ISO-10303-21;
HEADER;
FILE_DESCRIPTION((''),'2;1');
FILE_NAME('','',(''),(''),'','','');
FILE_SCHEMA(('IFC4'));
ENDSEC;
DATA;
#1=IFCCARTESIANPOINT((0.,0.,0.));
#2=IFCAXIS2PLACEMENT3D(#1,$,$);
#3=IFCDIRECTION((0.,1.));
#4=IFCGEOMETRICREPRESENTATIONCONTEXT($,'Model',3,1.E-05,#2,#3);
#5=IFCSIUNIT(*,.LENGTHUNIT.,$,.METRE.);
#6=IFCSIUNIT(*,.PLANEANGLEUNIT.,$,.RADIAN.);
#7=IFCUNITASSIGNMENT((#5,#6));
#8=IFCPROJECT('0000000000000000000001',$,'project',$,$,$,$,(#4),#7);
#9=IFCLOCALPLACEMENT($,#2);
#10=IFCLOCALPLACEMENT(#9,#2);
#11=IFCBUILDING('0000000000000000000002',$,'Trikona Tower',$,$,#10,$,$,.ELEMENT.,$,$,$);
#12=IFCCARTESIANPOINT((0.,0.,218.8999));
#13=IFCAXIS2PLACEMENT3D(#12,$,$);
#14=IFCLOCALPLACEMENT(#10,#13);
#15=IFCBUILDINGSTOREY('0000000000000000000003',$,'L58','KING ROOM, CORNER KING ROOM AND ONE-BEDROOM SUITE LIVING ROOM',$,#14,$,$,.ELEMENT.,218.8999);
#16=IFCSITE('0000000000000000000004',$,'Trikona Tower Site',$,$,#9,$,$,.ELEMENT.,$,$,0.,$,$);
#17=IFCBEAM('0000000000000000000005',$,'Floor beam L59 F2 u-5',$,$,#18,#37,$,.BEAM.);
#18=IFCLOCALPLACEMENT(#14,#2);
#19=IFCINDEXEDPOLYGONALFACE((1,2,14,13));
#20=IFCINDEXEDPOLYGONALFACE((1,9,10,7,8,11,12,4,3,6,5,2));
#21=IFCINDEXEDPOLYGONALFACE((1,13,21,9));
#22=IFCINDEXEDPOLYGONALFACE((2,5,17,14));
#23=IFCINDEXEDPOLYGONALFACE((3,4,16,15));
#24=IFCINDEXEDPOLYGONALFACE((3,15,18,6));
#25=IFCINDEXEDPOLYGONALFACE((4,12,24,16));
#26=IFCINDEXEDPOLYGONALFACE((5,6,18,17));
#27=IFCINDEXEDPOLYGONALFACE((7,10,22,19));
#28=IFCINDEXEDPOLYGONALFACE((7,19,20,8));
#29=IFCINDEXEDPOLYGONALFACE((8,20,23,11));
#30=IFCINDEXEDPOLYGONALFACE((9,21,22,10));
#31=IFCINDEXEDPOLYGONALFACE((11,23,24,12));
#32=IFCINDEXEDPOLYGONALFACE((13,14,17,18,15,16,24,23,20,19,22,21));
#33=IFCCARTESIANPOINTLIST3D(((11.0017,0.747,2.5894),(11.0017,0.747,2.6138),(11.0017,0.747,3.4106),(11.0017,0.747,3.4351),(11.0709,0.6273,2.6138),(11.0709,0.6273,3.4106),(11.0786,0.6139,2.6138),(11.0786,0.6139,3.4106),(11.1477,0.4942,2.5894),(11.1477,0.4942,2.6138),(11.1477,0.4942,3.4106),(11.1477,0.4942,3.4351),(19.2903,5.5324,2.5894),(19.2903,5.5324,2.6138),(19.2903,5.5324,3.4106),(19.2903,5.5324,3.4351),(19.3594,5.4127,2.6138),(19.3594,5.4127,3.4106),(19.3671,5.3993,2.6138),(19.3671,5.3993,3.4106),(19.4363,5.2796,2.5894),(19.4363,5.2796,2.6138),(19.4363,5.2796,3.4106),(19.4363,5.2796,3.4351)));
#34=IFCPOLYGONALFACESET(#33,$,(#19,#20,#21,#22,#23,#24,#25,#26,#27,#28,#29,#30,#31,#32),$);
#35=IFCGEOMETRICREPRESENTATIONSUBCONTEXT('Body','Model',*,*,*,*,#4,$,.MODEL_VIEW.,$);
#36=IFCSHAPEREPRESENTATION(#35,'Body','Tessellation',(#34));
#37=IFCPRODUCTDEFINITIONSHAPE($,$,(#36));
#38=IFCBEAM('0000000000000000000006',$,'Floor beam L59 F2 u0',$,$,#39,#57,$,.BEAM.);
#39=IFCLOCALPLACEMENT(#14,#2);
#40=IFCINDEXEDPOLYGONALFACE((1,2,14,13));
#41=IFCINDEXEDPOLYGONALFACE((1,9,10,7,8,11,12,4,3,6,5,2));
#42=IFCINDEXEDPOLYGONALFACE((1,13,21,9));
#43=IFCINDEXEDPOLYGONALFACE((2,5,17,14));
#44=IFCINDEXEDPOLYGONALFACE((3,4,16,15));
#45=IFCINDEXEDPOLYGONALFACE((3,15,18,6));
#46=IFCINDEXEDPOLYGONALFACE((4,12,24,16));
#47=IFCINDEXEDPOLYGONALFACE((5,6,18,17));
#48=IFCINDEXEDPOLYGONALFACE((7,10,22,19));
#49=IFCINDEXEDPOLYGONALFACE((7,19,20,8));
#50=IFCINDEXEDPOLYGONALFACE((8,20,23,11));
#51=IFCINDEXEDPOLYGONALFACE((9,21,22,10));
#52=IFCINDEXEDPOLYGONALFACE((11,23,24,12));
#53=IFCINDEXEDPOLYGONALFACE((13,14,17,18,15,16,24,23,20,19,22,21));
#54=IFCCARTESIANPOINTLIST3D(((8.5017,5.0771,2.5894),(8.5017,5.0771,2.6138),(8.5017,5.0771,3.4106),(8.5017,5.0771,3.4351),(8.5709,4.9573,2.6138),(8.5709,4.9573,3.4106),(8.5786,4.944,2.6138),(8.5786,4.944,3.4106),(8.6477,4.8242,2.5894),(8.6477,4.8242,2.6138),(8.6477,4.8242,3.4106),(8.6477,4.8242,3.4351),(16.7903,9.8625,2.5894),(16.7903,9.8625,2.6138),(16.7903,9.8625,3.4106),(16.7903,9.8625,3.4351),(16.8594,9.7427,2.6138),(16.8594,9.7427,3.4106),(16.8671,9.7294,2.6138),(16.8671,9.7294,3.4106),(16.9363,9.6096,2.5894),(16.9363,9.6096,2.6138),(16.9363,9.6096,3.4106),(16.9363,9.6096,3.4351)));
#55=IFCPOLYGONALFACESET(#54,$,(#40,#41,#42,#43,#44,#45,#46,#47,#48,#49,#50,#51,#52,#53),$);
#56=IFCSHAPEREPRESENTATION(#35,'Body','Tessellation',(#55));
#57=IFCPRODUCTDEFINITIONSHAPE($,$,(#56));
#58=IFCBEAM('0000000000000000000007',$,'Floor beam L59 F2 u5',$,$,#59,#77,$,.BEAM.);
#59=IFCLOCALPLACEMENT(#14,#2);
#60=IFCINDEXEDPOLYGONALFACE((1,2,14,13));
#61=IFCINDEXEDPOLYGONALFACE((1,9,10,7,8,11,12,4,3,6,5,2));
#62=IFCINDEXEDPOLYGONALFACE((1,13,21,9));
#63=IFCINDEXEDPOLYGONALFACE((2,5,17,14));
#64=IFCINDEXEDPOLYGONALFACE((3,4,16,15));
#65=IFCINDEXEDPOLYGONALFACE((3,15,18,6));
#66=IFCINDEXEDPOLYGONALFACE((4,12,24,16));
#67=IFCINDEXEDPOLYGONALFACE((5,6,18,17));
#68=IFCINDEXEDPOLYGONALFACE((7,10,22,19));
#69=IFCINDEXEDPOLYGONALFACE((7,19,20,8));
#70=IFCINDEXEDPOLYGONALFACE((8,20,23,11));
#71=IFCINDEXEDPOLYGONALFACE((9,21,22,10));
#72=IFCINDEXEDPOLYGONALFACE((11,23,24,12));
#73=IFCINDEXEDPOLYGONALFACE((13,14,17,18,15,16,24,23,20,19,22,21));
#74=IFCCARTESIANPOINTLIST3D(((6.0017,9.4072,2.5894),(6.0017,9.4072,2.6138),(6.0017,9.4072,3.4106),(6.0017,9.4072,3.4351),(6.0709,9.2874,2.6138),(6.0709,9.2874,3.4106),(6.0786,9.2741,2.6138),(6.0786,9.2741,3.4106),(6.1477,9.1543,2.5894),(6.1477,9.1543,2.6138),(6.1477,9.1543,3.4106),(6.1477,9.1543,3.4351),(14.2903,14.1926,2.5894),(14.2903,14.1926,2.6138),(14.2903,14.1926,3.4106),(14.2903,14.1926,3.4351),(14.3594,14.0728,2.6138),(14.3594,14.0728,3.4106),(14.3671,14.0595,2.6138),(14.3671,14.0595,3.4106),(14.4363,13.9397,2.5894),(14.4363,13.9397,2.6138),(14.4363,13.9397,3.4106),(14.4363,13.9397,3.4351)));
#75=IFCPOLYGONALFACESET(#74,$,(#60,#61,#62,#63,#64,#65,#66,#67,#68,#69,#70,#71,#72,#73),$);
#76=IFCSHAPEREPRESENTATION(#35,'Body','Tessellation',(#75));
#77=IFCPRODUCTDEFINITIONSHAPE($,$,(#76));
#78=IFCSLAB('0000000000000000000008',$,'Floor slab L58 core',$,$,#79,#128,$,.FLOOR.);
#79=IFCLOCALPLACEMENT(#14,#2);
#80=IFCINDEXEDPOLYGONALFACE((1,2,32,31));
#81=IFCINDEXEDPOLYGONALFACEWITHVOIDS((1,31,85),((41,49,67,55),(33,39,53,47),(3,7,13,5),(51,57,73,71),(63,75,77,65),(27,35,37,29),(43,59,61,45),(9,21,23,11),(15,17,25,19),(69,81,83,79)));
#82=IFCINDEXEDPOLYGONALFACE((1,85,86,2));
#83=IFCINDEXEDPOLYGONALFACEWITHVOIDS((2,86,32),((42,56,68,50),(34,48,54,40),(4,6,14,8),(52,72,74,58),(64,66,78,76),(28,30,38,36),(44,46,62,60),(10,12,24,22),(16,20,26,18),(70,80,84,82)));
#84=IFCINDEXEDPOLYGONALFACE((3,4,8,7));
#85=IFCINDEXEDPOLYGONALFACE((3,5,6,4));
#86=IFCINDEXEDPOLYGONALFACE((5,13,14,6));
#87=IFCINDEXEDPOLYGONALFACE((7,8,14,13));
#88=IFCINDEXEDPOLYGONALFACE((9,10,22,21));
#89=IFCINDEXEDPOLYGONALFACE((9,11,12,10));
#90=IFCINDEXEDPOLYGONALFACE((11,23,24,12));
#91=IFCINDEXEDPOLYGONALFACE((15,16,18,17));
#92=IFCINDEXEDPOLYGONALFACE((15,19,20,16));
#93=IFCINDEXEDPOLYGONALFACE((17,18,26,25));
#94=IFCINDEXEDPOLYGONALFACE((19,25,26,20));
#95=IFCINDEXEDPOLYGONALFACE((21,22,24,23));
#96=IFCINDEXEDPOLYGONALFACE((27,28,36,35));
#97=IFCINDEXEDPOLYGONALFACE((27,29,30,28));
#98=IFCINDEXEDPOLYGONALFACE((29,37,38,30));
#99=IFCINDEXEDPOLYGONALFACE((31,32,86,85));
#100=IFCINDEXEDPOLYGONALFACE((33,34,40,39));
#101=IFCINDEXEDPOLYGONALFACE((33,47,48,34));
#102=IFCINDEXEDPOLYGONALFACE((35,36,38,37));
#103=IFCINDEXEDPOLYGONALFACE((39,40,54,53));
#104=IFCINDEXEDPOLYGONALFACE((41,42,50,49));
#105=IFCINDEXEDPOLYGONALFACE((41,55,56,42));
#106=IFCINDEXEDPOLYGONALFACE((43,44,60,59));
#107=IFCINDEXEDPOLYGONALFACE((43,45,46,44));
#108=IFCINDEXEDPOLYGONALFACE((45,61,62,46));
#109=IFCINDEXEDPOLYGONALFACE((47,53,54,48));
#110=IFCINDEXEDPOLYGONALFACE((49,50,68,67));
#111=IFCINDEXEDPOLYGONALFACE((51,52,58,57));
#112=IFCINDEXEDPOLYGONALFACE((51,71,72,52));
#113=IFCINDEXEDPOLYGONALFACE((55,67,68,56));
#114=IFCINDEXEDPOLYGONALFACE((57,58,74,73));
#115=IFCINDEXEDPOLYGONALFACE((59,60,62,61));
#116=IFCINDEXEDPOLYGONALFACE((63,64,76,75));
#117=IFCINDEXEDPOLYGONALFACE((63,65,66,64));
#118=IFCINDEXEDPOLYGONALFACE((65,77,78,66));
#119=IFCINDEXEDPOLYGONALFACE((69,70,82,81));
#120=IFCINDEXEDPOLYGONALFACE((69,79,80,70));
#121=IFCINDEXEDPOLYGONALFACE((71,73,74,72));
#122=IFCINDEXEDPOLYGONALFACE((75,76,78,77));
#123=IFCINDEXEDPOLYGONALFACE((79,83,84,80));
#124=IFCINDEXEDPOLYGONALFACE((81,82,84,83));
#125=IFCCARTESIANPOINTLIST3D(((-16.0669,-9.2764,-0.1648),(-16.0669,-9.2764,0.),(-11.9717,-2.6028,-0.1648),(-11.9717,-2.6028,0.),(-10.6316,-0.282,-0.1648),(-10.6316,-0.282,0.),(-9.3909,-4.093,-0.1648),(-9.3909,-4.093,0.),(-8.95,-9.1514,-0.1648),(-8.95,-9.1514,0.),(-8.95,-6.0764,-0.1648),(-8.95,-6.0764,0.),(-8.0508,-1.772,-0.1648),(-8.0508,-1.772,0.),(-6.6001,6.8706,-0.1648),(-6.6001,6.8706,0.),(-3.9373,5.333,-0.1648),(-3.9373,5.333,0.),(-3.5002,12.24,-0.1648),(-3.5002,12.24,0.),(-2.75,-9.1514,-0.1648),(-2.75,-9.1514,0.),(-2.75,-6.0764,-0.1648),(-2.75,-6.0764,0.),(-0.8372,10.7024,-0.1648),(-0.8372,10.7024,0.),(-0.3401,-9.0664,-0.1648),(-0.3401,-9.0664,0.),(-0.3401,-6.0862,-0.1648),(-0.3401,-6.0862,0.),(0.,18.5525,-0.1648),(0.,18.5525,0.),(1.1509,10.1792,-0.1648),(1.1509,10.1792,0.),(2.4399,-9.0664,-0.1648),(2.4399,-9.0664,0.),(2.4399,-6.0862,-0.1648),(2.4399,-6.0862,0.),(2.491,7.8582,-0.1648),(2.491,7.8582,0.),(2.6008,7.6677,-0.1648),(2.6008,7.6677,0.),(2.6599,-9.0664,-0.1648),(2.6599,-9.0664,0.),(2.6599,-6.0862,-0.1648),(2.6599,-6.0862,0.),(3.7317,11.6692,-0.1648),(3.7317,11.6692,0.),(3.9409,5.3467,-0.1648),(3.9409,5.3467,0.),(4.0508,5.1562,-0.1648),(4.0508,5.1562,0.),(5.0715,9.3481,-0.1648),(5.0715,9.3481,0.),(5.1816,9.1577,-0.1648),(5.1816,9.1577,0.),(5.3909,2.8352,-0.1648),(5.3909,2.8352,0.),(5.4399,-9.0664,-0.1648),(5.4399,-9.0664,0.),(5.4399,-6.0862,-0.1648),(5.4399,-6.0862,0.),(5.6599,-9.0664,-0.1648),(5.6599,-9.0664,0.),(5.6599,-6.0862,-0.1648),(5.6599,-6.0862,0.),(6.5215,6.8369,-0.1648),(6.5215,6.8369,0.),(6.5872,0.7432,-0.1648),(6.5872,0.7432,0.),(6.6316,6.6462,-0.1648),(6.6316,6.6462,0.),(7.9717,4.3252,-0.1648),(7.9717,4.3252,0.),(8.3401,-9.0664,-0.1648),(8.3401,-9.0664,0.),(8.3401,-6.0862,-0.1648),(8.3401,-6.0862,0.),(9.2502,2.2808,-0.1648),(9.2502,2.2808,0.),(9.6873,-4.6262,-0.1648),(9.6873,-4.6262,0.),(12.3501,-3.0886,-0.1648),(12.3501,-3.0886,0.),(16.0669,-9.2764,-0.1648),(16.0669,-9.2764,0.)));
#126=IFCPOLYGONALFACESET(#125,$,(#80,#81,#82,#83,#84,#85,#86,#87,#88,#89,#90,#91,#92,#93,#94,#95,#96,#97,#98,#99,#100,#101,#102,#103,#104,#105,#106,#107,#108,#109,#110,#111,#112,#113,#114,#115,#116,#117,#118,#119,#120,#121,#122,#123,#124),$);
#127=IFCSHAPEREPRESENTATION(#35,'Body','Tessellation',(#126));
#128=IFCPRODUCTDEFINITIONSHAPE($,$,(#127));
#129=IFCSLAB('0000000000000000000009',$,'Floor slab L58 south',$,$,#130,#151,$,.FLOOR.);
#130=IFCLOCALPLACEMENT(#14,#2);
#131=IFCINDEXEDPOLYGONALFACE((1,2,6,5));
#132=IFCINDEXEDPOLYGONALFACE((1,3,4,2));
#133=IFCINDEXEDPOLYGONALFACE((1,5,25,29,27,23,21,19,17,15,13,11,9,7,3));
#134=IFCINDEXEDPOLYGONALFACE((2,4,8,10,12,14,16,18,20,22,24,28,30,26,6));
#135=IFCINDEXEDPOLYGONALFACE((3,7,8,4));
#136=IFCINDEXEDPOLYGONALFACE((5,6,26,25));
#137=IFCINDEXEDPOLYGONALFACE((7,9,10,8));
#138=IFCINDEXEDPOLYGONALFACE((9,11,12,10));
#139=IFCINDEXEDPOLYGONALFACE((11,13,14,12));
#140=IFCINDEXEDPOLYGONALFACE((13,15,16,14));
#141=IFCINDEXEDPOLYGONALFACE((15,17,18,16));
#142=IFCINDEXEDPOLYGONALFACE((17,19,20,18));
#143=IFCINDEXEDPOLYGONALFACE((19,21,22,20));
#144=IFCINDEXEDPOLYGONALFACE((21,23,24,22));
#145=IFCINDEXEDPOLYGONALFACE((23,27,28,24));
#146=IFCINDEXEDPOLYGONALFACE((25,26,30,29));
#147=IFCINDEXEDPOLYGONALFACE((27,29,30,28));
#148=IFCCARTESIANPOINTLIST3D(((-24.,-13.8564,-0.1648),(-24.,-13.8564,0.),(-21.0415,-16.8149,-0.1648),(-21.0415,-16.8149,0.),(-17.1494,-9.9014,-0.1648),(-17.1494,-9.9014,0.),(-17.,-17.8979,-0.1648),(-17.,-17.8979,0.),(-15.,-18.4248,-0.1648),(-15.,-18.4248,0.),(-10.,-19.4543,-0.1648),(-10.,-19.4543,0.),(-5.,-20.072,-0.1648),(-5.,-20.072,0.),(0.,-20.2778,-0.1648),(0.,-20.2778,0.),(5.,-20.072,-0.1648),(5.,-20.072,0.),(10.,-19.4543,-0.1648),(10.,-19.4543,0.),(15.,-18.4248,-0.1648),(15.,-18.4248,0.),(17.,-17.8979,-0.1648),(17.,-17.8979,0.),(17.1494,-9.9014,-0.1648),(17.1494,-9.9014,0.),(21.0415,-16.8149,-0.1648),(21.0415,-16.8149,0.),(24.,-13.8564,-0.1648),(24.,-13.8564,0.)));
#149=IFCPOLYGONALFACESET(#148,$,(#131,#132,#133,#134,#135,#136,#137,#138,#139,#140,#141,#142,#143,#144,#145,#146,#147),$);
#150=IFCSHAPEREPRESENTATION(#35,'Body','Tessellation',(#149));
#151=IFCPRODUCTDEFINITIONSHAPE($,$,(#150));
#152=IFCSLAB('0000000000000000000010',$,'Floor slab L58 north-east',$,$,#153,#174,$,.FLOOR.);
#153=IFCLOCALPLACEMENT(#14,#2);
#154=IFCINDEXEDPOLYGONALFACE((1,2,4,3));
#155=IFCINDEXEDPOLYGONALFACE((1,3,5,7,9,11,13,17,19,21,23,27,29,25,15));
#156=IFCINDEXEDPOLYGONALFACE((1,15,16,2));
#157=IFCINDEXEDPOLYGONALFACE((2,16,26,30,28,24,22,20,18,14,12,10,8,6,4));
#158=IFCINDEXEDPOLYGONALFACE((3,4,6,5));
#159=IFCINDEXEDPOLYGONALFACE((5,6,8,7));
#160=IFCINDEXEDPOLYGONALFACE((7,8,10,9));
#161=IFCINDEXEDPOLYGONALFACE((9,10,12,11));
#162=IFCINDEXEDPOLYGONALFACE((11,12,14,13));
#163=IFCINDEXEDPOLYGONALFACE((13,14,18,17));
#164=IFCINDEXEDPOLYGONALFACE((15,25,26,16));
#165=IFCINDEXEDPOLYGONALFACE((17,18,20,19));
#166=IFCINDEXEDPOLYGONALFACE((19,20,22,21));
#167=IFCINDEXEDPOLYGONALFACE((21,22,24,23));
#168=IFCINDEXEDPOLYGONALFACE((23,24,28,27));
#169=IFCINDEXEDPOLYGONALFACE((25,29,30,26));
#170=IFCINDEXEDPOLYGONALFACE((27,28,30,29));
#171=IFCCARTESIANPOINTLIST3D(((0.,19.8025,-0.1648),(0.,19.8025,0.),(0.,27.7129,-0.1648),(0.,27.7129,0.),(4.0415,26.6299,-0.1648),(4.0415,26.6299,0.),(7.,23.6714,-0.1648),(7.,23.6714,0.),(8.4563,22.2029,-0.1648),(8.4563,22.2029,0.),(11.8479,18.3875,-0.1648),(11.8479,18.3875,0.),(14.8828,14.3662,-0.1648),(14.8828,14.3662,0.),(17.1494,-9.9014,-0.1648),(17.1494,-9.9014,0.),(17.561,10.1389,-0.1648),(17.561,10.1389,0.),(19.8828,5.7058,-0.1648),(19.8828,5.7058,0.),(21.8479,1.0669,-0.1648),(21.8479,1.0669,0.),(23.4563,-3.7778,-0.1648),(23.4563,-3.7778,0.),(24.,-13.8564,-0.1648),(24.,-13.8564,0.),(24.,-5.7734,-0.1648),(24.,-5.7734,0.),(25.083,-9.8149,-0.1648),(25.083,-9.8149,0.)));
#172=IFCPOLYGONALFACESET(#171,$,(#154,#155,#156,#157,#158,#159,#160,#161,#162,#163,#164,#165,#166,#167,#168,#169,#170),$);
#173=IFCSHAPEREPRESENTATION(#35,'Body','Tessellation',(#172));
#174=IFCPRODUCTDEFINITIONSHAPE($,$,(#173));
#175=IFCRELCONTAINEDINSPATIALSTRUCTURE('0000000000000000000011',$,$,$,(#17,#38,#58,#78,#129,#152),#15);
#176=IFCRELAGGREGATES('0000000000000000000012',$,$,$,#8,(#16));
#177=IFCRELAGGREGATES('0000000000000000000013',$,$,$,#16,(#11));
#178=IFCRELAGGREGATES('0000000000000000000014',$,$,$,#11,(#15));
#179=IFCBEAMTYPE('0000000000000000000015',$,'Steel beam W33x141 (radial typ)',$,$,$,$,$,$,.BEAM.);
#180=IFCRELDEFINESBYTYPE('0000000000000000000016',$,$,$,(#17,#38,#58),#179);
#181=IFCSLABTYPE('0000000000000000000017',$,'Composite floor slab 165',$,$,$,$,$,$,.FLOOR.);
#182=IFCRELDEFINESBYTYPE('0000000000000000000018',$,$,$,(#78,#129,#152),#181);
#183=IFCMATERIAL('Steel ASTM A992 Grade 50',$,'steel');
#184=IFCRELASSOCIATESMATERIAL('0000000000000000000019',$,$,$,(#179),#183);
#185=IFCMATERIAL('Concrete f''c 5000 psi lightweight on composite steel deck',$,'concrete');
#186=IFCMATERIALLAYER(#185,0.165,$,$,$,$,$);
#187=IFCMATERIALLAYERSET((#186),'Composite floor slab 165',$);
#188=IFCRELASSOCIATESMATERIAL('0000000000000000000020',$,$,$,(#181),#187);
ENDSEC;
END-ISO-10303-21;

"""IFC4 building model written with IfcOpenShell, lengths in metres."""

from ifc_helpers import new_model, si_unit, direction, frame, origin, origin_2d, place, context, subcontext, project, spatial, polyline, i_section, outline, extrude, material, layer, layer_set, material_profile, profile_set, type_object, element, save


model = new_model("IFC4")

# Units and contexts
model_context = context("Model", 3, precision=1e-05, world=origin(), true_north=direction((0.0, 1.0)))
body_context = subcontext(model_context, "Body", "Model", "MODEL_VIEW")
ifc_project = project(units=[si_unit("LENGTHUNIT", "METRE"), si_unit("PLANEANGLEUNIT", "RADIAN")], contexts=[model_context])

# Site, building, storey
site_placement = place(None, origin())
site = spatial("IfcSite", under=ifc_project, at=site_placement, Name="Trikona Tower Site", CompositionType="ELEMENT", RefElevation=0.0)
building_placement = place(site_placement, origin())
building = spatial("IfcBuilding", under=site, at=building_placement, Name="Trikona Tower", CompositionType="ELEMENT")
storey_placement = place(building_placement, frame((0.0, 0.0, 218.8999)))
storey = spatial("IfcBuildingStorey", under=building, at=storey_placement, Name="L58", Description="KING ROOM, CORNER KING ROOM AND ONE-BEDROOM SUITE LIVING ROOM", CompositionType="ELEMENT", Elevation=218.8999)

# Beams
ifc_material_1 = material(Name="Steel ASTM A992 Grade 50", Category="steel")
ifc_material_profile = material_profile(ifc_material_1, i_section(OverallWidth=0.292, OverallDepth=0.8457, WebThickness=0.0154, FlangeThickness=0.0244, at=origin_2d()), Name="W33X141")
ifc_profile_set = profile_set([ifc_material_profile], Name="Steel ASTM A992 Grade 50")
beam_type = type_object("IfcBeamType", Name="Steel beam W33x141 (radial typ)", PredefinedType="BEAM", material=ifc_profile_set)
for number, where, z_axis, x_axis, name in (
    (1, (11.0747, 0.6206, 3.0122), (0.866026, 0.499999, 0.0), (-0.499999, 0.866026, 0.0), "Floor beam L59 F2 u-5"),
    (2, (8.5747, 4.9507, 3.0122), (0.866026, 0.499999, 0.0), (-0.499999, 0.866026, 0.0), "Floor beam L59 F2 u0"),
    (3, (6.0747, 9.2808, 3.0122), (0.866026, 0.499999, 0.0), (-0.499999, 0.866026, 0.0), "Floor beam L59 F2 u5"),
):
    element("IfcBeam", number, at=place(storey_placement, frame(where, z_axis=z_axis, x_axis=x_axis)), inside=storey, type_object=beam_type, Name=name, PredefinedType="BEAM", context=body_context, shape_type="SweptSolid", body=[
        extrude(i_section(OverallWidth=0.292, OverallDepth=0.8457, WebThickness=0.0154, FlangeThickness=0.0244, at=origin_2d()), origin(), (0.0, 0.0, 1.0), 9.5708),
    ])

# Slabs
ifc_material_2 = material(Name="Concrete f'c 5000 psi lightweight on composite steel deck", Category="concrete")
ifc_layer_1 = layer(ifc_material_2, 0.165)
ifc_layer_set_1 = layer_set([ifc_layer_1], Name="Composite floor slab 165")
slab_type_1 = type_object("IfcSlabType", Name="Composite floor slab 165", PredefinedType="FLOOR", material=ifc_layer_set_1)
slab_1_placement = place(storey_placement, frame((0.0, 0.0, -0.1648)))
element("IfcSlab", 4, at=slab_1_placement, inside=storey, type_object=slab_type_1, Name="Floor slab L58 core", PredefinedType="FLOOR", context=body_context, shape_type="SweptSolid", body=[
    extrude(outline(polyline([(-16.0669, -9.2764), (16.0669, -9.2764), (0.0, 18.5525), (-16.0669, -9.2764)]), holes=[polyline([(6.5872, 0.7432), (9.6873, -4.6262), (12.3501, -3.0886), (9.2502, 2.2808), (6.5872, 0.7432)]), polyline([(5.6599, -6.0862), (5.6599, -9.0664), (8.3401, -9.0664), (8.3401, -6.0862), (5.6599, -6.0862)]), polyline([(6.6316, 6.6462), (4.0508, 5.1562), (5.3909, 2.8352), (7.9717, 4.3252), (6.6316, 6.6462)]), polyline([(6.5215, 6.8369), (5.1816, 9.1577), (2.6008, 7.6677), (3.9409, 5.3467), (6.5215, 6.8369)]), polyline([(2.6599, -9.0664), (5.4399, -9.0664), (5.4399, -6.0862), (2.6599, -6.0862), (2.6599, -9.0664)]), polyline([(2.491, 7.8582), (5.0715, 9.3481), (3.7317, 11.6692), (1.1509, 10.1792), (2.491, 7.8582)]), polyline([(2.4399, -9.0664), (2.4399, -6.0862), (-0.3401, -6.0862), (-0.3401, -9.0664), (2.4399, -9.0664)]), polyline([(-3.9373, 5.333), (-0.8372, 10.7024), (-3.5002, 12.24), (-6.6001, 6.8706), (-3.9373, 5.333)]), polyline([(-2.75, -6.0764), (-8.95, -6.0764), (-8.95, -9.1514), (-2.75, -9.1514), (-2.75, -6.0764)]), polyline([(-11.9717, -2.6028), (-9.3909, -4.093), (-8.0508, -1.772), (-10.6316, -0.282), (-11.9717, -2.6028)])]), origin(), (0.0, 0.0, 1.0), 0.1648),
])
slab_2_placement = place(storey_placement, frame((0.0, 0.0, -0.1648)))
element("IfcSlab", 5, at=slab_2_placement, inside=storey, type_object=slab_type_1, Name="Floor slab L58 south", PredefinedType="FLOOR", context=body_context, shape_type="SweptSolid", body=[
    extrude(outline(polyline([(21.0415, -16.8149), (24.0, -13.8564), (17.1494, -9.9014), (-17.1494, -9.9014), (-24.0, -13.8564), (-21.0415, -16.8149), (-17.0, -17.8979), (-15.0, -18.4248), (-10.0, -19.4543), (-5.0, -20.072), (0.0, -20.2778), (5.0, -20.072), (10.0, -19.4543), (15.0, -18.4248), (17.0, -17.8979), (21.0415, -16.8149)])), origin(), (0.0, 0.0, 1.0), 0.1648),
])
slab_3_placement = place(storey_placement, frame((0.0, 0.0, -0.1648)))
element("IfcSlab", 6, at=slab_3_placement, inside=storey, type_object=slab_type_1, Name="Floor slab L58 north-east", PredefinedType="FLOOR", context=body_context, shape_type="SweptSolid", body=[
    extrude(outline(polyline([(4.0415, 26.6299), (0.0, 27.7129), (0.0, 19.8025), (17.1494, -9.9014), (24.0, -13.8564), (25.083, -9.8149), (24.0, -5.7734), (23.4563, -3.7778), (21.8479, 1.0669), (19.8828, 5.7058), (17.561, 10.1389), (14.8828, 14.3662), (11.8479, 18.3875), (8.4563, 22.2029), (7.0, 23.6714), (4.0415, 26.6299)])), origin(), (0.0, 0.0, 1.0), 0.1648),
])

save(model, "model.ifc")
